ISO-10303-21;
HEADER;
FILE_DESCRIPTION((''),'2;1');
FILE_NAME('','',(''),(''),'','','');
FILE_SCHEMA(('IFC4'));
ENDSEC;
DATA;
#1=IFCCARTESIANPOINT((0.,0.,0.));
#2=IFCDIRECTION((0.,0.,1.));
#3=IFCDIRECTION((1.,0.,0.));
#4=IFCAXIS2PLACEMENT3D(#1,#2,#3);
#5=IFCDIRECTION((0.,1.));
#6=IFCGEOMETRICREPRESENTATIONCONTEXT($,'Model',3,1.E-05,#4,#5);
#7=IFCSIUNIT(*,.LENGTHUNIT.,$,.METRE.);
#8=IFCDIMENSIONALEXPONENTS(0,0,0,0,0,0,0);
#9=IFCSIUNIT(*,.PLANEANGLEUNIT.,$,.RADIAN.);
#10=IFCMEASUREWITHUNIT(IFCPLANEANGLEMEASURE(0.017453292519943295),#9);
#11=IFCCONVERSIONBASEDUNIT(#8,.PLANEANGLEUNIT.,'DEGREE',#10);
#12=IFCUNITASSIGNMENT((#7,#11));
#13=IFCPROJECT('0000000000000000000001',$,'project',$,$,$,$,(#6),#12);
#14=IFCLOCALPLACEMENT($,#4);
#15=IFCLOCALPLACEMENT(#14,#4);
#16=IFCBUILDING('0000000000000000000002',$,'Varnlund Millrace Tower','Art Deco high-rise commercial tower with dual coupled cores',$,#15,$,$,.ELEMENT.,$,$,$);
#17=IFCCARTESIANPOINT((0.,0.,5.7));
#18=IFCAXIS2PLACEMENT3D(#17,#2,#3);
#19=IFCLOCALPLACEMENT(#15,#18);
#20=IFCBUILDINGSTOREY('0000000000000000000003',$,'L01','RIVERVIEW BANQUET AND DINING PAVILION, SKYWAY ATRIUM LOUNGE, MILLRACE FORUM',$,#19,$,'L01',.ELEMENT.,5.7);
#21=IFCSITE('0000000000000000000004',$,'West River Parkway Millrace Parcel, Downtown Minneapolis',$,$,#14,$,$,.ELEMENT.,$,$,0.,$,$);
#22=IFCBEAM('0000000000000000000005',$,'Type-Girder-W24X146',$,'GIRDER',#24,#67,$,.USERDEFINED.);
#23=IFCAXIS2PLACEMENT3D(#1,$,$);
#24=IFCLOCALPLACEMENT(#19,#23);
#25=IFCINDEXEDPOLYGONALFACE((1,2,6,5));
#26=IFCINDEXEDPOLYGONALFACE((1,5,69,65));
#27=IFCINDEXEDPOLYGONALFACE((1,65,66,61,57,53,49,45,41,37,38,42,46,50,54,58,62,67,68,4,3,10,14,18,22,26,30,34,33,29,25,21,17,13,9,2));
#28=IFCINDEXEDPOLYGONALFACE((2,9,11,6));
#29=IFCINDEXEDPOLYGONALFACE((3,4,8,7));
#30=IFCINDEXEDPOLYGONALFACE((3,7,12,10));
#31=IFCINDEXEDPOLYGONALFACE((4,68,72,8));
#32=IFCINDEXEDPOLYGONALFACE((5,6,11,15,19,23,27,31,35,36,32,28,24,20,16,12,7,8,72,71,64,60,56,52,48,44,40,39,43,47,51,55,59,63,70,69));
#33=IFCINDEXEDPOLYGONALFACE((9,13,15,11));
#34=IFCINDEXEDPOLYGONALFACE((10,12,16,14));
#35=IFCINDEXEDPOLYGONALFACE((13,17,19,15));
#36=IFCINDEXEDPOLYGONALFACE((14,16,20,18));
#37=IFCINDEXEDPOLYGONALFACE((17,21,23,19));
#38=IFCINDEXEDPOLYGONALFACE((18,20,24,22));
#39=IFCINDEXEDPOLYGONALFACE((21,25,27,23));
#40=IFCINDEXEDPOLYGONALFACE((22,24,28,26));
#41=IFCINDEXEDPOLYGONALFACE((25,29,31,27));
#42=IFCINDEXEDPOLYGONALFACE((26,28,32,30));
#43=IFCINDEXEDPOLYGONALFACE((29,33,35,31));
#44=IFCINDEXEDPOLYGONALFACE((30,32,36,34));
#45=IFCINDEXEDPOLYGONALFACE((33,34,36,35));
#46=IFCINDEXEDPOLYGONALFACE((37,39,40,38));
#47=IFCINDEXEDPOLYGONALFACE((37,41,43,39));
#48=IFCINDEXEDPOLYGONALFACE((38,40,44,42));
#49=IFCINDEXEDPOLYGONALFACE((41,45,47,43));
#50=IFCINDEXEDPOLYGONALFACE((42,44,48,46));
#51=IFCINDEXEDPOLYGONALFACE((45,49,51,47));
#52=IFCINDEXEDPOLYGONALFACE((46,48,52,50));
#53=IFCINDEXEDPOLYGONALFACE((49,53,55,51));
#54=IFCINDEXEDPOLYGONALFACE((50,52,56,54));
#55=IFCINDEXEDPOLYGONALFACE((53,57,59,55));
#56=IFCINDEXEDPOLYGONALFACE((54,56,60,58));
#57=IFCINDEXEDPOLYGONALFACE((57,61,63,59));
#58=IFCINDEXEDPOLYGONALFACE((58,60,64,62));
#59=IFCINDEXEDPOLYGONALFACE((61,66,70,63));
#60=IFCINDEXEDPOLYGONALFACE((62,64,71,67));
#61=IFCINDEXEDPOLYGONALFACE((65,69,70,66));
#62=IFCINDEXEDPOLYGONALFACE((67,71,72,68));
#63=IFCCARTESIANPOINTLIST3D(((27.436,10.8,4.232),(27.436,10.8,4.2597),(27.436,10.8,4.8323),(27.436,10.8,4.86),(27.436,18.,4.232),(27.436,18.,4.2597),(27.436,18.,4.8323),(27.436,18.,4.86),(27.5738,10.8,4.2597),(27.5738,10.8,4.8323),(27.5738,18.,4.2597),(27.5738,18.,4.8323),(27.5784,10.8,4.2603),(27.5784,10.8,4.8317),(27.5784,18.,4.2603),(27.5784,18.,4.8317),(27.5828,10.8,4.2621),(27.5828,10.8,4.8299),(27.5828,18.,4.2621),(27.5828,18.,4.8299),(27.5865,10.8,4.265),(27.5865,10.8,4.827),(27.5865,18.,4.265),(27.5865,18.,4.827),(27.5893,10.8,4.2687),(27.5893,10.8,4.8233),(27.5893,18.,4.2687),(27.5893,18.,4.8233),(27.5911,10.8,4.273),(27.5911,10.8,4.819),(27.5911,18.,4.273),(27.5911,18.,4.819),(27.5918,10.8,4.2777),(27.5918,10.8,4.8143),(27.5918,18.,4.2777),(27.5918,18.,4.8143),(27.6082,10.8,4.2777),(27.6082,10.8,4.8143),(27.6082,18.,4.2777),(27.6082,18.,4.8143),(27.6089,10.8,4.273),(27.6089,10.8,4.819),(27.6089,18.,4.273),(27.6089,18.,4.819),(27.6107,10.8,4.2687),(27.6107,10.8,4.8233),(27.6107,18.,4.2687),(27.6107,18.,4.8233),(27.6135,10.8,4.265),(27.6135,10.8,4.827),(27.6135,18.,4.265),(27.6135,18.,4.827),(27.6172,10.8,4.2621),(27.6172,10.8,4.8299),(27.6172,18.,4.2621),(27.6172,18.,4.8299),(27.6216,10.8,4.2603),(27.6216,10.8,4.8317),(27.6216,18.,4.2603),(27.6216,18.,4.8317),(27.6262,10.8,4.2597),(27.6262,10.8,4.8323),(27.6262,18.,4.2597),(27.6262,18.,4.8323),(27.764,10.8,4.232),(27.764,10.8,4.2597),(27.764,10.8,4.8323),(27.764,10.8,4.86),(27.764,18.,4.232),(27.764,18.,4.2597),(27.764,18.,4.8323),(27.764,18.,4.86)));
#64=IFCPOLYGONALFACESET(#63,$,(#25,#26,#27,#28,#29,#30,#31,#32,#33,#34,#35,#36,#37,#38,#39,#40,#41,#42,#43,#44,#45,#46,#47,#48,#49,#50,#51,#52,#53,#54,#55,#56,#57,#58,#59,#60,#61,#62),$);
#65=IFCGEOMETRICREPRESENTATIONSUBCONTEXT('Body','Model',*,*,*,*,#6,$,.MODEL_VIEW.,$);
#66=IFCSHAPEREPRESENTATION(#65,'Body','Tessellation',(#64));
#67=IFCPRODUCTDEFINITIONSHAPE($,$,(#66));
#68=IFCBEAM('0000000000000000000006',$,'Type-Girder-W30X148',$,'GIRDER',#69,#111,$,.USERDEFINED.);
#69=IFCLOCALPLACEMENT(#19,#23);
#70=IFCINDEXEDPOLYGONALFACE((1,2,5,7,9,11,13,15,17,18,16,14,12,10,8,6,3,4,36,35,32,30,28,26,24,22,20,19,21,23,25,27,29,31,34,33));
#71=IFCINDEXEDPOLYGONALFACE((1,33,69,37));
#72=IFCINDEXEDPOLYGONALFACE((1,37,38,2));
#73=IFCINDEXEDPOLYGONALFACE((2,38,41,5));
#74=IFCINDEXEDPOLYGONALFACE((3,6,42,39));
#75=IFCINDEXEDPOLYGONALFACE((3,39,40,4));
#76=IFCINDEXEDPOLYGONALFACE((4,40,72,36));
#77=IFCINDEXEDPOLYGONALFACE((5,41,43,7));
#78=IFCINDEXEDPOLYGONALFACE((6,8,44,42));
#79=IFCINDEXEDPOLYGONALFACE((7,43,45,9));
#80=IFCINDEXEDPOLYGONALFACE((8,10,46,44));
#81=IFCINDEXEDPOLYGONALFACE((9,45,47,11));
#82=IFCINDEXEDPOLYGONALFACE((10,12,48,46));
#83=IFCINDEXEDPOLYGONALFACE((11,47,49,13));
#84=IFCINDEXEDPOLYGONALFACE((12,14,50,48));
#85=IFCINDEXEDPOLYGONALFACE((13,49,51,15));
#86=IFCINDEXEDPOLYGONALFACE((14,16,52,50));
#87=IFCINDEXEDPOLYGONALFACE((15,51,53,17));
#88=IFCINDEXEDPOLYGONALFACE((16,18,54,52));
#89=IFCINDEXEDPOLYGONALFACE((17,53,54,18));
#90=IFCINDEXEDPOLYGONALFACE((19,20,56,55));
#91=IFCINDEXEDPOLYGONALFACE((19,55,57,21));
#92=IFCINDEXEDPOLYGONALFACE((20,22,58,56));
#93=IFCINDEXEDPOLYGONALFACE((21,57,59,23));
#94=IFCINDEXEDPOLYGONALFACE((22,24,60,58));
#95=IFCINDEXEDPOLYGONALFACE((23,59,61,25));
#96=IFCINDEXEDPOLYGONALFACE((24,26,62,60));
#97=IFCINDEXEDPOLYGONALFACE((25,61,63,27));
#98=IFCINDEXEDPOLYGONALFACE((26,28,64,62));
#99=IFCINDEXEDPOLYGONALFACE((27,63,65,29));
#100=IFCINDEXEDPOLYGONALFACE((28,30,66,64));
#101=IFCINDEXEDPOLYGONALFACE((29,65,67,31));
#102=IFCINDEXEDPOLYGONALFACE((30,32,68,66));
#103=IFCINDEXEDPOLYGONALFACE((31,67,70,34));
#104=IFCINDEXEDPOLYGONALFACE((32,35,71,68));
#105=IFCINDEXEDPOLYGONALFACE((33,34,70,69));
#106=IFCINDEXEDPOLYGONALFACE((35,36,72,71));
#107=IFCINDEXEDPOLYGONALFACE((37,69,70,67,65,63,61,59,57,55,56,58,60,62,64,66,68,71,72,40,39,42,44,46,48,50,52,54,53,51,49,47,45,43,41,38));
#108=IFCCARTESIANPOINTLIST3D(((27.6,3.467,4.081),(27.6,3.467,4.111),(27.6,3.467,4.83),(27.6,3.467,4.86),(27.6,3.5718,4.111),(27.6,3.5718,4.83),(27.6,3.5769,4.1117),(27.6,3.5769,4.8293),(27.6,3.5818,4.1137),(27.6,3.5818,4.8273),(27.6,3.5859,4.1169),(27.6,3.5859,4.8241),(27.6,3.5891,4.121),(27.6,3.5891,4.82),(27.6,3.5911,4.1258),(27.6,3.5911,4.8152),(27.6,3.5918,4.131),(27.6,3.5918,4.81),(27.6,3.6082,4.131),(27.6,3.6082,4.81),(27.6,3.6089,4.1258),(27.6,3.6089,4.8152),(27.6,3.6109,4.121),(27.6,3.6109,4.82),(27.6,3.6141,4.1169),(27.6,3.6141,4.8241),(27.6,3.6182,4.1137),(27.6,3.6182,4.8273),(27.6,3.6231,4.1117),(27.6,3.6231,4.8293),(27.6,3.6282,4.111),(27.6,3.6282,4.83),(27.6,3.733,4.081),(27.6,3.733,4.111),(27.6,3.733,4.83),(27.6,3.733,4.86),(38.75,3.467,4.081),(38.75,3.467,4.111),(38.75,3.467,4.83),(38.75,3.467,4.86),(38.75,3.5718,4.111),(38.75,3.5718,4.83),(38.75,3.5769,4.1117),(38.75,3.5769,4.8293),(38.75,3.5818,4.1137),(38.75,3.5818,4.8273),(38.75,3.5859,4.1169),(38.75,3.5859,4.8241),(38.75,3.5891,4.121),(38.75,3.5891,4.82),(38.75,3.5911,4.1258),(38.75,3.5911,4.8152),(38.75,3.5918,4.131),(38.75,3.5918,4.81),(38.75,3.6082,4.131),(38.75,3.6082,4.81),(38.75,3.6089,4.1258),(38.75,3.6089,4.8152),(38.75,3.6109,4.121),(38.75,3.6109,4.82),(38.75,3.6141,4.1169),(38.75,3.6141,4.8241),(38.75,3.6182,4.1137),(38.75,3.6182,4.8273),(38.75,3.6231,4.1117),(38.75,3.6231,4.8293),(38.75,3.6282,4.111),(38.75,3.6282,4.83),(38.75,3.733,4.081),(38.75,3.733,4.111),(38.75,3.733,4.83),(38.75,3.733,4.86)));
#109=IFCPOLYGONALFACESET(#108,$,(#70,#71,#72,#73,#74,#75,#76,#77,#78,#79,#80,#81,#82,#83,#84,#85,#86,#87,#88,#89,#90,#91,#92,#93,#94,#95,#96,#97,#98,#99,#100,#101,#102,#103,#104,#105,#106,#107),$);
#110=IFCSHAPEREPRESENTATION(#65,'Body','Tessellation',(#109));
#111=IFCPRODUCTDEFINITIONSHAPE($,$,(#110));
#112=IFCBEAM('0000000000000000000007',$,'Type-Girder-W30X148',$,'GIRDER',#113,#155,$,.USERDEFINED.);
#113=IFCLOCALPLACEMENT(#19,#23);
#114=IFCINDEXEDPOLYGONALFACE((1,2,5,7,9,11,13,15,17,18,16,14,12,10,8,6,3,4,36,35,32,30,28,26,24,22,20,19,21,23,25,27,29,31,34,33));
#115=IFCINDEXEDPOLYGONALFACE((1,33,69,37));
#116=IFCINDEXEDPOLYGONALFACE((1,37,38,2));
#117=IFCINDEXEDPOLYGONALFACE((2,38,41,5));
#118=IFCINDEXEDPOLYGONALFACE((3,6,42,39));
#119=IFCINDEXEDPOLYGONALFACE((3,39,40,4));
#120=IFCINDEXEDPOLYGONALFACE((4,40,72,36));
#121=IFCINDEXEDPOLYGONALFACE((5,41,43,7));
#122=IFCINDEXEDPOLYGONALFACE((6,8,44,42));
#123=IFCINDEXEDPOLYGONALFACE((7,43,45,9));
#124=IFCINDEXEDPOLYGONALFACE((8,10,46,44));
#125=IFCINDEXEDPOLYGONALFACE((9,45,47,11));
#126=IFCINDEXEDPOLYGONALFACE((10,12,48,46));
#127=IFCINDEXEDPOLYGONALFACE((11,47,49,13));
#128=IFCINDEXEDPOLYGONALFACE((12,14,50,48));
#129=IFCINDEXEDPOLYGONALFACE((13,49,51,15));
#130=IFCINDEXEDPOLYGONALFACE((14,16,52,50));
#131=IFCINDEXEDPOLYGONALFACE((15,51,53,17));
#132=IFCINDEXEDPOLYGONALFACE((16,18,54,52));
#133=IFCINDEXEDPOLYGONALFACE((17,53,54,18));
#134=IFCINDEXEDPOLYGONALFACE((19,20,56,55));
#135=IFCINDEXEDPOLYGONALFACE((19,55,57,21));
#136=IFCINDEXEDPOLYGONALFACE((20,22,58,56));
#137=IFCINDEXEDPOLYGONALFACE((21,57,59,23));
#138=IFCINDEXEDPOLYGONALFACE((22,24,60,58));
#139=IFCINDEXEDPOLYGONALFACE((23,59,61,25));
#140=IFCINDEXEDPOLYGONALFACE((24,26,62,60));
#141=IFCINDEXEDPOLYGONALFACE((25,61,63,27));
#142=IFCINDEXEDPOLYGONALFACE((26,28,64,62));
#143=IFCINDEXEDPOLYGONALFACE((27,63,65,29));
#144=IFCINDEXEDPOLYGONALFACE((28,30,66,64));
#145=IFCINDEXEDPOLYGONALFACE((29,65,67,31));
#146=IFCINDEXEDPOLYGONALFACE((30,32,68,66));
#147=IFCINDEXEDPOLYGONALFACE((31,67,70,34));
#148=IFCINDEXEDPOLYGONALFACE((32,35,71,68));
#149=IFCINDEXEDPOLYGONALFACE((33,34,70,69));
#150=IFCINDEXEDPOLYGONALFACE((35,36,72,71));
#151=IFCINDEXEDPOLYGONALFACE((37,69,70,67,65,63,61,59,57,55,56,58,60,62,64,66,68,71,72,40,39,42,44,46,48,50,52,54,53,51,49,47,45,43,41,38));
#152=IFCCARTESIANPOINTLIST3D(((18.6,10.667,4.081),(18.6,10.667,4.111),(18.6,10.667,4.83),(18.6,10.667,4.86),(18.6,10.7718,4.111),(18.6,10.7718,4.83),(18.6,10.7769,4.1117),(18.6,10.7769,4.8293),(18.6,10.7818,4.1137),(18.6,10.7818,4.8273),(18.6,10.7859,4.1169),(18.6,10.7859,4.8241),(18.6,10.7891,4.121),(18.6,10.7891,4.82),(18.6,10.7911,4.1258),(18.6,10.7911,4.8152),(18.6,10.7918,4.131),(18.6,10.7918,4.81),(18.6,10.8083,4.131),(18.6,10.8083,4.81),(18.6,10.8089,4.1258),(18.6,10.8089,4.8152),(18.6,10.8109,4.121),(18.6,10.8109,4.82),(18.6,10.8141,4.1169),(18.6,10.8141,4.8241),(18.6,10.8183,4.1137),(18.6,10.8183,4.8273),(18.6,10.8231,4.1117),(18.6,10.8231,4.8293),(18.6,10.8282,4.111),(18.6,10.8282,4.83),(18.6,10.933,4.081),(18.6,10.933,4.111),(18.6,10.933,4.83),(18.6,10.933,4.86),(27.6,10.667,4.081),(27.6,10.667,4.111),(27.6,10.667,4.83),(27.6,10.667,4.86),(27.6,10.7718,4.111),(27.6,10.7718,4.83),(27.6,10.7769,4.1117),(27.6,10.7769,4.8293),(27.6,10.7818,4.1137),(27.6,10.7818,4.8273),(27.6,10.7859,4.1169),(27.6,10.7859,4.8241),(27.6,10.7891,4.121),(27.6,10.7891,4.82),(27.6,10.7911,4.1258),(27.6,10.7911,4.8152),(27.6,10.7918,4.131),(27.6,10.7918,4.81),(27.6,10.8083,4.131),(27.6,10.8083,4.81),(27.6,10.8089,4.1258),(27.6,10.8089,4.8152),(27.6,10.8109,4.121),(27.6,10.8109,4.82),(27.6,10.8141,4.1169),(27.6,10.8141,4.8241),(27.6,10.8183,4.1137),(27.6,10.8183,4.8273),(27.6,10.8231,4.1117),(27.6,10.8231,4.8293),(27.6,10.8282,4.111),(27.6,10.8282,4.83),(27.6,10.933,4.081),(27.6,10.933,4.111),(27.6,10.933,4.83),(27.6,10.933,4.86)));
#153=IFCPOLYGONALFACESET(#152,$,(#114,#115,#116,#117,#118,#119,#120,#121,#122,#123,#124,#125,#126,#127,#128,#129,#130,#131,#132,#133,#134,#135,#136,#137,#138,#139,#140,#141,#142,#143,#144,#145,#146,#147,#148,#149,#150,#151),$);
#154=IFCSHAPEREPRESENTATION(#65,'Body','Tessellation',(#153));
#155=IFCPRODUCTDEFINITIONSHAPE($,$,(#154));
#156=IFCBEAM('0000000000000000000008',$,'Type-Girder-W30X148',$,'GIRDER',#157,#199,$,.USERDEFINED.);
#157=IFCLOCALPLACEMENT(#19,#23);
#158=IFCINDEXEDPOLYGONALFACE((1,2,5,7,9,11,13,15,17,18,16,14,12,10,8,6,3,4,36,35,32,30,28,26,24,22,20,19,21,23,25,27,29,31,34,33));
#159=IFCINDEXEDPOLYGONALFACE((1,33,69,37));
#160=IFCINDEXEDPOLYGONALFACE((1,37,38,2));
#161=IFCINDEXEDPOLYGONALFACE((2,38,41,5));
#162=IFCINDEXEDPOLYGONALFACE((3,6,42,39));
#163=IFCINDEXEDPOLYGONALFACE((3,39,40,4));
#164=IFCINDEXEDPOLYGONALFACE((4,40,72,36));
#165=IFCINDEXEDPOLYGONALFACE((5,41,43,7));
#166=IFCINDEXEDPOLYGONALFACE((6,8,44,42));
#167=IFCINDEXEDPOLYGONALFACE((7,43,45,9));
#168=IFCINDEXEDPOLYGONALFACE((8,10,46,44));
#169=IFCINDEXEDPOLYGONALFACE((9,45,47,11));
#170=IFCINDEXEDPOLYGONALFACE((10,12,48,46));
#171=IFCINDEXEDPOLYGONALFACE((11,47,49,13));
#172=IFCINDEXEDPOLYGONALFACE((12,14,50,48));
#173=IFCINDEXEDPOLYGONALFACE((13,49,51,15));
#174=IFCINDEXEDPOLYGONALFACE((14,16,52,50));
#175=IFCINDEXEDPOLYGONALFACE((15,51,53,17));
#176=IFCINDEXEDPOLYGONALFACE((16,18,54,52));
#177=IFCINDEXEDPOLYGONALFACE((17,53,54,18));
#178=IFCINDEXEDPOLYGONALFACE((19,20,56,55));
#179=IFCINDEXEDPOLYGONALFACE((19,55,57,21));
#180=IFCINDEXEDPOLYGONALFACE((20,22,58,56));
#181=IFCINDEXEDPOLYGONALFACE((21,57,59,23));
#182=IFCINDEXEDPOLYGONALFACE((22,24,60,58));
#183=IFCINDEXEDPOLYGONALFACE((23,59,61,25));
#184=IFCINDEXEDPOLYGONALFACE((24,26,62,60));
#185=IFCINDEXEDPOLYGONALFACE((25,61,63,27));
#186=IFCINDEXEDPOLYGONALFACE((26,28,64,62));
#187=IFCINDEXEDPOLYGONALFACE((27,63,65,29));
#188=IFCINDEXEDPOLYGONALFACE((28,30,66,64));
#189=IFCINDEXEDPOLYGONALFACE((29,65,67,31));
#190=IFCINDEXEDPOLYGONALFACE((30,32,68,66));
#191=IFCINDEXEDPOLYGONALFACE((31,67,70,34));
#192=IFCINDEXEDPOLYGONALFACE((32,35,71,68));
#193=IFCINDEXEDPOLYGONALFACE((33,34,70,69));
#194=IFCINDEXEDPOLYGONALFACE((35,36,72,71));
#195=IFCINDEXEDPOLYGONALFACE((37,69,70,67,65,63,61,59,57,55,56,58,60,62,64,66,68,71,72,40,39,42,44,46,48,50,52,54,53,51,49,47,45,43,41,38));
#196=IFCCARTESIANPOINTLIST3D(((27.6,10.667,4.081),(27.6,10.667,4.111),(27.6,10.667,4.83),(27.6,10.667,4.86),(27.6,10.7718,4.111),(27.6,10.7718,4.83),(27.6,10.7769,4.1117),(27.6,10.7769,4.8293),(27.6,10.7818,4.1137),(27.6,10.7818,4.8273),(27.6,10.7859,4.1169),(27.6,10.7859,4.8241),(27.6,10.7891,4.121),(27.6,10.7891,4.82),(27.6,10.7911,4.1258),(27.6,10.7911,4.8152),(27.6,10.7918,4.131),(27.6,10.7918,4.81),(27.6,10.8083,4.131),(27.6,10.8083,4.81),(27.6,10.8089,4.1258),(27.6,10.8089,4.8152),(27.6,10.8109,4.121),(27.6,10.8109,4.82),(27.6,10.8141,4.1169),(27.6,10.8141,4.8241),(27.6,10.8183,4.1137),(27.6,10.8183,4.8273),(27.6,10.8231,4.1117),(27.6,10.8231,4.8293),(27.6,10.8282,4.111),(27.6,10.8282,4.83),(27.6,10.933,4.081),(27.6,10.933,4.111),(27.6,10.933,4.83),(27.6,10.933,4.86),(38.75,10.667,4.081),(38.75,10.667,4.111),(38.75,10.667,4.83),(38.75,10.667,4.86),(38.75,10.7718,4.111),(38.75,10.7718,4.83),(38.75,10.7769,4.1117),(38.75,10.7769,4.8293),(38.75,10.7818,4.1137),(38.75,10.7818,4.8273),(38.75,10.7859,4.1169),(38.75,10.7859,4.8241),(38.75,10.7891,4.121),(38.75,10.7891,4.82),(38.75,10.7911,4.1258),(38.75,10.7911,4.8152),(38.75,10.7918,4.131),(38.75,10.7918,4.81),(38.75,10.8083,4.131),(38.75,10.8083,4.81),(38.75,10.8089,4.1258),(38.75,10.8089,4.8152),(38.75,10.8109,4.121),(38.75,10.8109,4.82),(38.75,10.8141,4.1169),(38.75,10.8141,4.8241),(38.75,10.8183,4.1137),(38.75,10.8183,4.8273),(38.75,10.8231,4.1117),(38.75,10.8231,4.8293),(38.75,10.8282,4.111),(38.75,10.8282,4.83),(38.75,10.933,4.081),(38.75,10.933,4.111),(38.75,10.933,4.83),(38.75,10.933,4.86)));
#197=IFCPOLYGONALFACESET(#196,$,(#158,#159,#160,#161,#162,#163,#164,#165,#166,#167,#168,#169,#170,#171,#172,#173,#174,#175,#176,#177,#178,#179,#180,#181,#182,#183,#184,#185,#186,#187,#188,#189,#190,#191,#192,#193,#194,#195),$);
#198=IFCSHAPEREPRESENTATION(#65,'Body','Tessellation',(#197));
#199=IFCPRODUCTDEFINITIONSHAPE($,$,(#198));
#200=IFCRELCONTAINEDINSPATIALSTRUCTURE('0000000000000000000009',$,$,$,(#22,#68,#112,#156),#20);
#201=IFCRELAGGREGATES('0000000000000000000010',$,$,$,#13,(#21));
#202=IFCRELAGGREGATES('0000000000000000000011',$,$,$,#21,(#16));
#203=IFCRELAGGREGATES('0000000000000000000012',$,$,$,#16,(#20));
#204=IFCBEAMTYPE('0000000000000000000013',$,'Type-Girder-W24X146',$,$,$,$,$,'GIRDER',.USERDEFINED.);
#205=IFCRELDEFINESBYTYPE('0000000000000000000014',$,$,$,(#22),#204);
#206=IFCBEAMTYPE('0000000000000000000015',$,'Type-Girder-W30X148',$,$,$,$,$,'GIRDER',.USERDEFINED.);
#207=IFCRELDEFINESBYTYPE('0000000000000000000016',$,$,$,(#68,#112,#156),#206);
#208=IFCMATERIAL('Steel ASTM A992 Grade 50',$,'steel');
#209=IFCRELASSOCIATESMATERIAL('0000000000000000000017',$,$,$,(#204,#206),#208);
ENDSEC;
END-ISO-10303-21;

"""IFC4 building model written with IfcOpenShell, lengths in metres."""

from ifc_helpers import new_model, entity, si_unit, converted_unit, direction, frame, origin_with_axes, origin_2d_with_axis, place, context, subcontext, project, spatial, i_section, extrude, material, material_profile, profile_set, type_object, element, save


model = new_model("IFC4")

# Units and contexts
model_context = context("Model", 3, precision=1e-05, world=origin_with_axes(), true_north=direction((0.0, 1.0)))
body_context = subcontext(model_context, "Body", "Model", "MODEL_VIEW")
ifc_project = project(units=[si_unit("LENGTHUNIT", "METRE"), converted_unit("PLANEANGLEUNIT", "DEGREE", entity("IfcPlaneAngleMeasure", 0.017453292519943295), si_unit("PLANEANGLEUNIT", "RADIAN"), dimensions=[0, 0, 0, 0, 0, 0, 0])], contexts=[model_context])

# Site, building, storey
site_placement = place(None, origin_with_axes())
site = spatial("IfcSite", under=ifc_project, at=site_placement, Name="West River Parkway Millrace Parcel, Downtown Minneapolis", CompositionType="ELEMENT", RefElevation=0.0)
building_placement = place(site_placement, origin_with_axes())
building = spatial("IfcBuilding", under=site, at=building_placement, Name="Varnlund Millrace Tower", Description="Art Deco high-rise commercial tower with dual coupled cores", CompositionType="ELEMENT")
storey_placement = place(building_placement, frame((0.0, 0.0, 5.7), z_axis=(0.0, 0.0, 1.0), x_axis=(1.0, 0.0, 0.0)))
storey = spatial("IfcBuildingStorey", under=building, at=storey_placement, Name="L01", Description="RIVERVIEW BANQUET AND DINING PAVILION, SKYWAY ATRIUM LOUNGE, MILLRACE FORUM", LongName="L01", CompositionType="ELEMENT", Elevation=5.7)

# Beams
ifc_material_1 = material(Name="Steel ASTM A992 Grade 50", Category="steel")
ifc_material_profile_1 = material_profile(ifc_material_1, i_section(OverallWidth=0.328, OverallDepth=0.628, WebThickness=0.0165, FlangeThickness=0.0277, FilletRadius=0.018, at=origin_2d_with_axis()), Name="Steel ASTM A992 Grade 50")
ifc_profile_set_1 = profile_set([ifc_material_profile_1], Name="Steel ASTM A992 Grade 50")
beam_type_1 = type_object("IfcBeamType", Name="Type-Girder-W24X146", ElementType="GIRDER", PredefinedType="USERDEFINED", material=ifc_profile_set_1)
for number, where, z_axis, x_axis, name in (
    (1, (27.6, 10.8, 4.546), (0.0, 1.0, 0.0), (-1.0, 0.0, 0.0), "Type-Girder-W24X146"),
):
    element("IfcBeam", number, at=place(storey_placement, frame(where, z_axis=z_axis, x_axis=x_axis)), inside=storey, type_object=beam_type_1, Name=name, ObjectType="GIRDER", PredefinedType="USERDEFINED", context=body_context, shape_type="SweptSolid", body=[
        extrude(i_section(OverallWidth=0.328, OverallDepth=0.628, WebThickness=0.0165, FlangeThickness=0.0277, FilletRadius=0.018, at=origin_2d_with_axis()), origin_with_axes(), (0.0, 0.0, 1.0), 7.2),
    ])
ifc_material_profile_2 = material_profile(ifc_material_1, i_section(OverallWidth=0.266, OverallDepth=0.779, WebThickness=0.0165, FlangeThickness=0.03, FilletRadius=0.02, at=origin_2d_with_axis()), Name="Steel ASTM A992 Grade 50")
ifc_profile_set_2 = profile_set([ifc_material_profile_2], Name="Steel ASTM A992 Grade 50")
beam_type_2 = type_object("IfcBeamType", Name="Type-Girder-W30X148", ElementType="GIRDER", PredefinedType="USERDEFINED", material=ifc_profile_set_2)
beam_1_placement = place(storey_placement, frame((27.6, 3.6, 4.4705), z_axis=(1.0, 0.0, 0.0), x_axis=(0.0, 1.0, 0.0)))
element("IfcBeam", 2, at=beam_1_placement, inside=storey, type_object=beam_type_2, Name="Type-Girder-W30X148", ObjectType="GIRDER", PredefinedType="USERDEFINED", context=body_context, shape_type="SweptSolid", body=[
    extrude(i_section(OverallWidth=0.266, OverallDepth=0.779, WebThickness=0.0165, FlangeThickness=0.03, FilletRadius=0.02, at=origin_2d_with_axis()), origin_with_axes(), (0.0, 0.0, 1.0), 11.15),
])
beam_2_placement = place(storey_placement, frame((18.6, 10.8, 4.4705), z_axis=(1.0, 0.0, 0.0), x_axis=(0.0, 1.0, 0.0)))
element("IfcBeam", 3, at=beam_2_placement, inside=storey, type_object=beam_type_2, Name="Type-Girder-W30X148", ObjectType="GIRDER", PredefinedType="USERDEFINED", context=body_context, shape_type="SweptSolid", body=[
    extrude(i_section(OverallWidth=0.266, OverallDepth=0.779, WebThickness=0.0165, FlangeThickness=0.03, FilletRadius=0.02, at=origin_2d_with_axis()), origin_with_axes(), (0.0, 0.0, 1.0), 9.0),
])
beam_3_placement = place(storey_placement, frame((27.6, 10.8, 4.4705), z_axis=(1.0, 0.0, 0.0), x_axis=(0.0, 1.0, 0.0)))
element("IfcBeam", 4, at=beam_3_placement, inside=storey, type_object=beam_type_2, Name="Type-Girder-W30X148", ObjectType="GIRDER", PredefinedType="USERDEFINED", context=body_context, shape_type="SweptSolid", body=[
    extrude(i_section(OverallWidth=0.266, OverallDepth=0.779, WebThickness=0.0165, FlangeThickness=0.03, FilletRadius=0.02, at=origin_2d_with_axis()), origin_with_axes(), (0.0, 0.0, 1.0), 11.15),
])

save(model, "model.ifc")
